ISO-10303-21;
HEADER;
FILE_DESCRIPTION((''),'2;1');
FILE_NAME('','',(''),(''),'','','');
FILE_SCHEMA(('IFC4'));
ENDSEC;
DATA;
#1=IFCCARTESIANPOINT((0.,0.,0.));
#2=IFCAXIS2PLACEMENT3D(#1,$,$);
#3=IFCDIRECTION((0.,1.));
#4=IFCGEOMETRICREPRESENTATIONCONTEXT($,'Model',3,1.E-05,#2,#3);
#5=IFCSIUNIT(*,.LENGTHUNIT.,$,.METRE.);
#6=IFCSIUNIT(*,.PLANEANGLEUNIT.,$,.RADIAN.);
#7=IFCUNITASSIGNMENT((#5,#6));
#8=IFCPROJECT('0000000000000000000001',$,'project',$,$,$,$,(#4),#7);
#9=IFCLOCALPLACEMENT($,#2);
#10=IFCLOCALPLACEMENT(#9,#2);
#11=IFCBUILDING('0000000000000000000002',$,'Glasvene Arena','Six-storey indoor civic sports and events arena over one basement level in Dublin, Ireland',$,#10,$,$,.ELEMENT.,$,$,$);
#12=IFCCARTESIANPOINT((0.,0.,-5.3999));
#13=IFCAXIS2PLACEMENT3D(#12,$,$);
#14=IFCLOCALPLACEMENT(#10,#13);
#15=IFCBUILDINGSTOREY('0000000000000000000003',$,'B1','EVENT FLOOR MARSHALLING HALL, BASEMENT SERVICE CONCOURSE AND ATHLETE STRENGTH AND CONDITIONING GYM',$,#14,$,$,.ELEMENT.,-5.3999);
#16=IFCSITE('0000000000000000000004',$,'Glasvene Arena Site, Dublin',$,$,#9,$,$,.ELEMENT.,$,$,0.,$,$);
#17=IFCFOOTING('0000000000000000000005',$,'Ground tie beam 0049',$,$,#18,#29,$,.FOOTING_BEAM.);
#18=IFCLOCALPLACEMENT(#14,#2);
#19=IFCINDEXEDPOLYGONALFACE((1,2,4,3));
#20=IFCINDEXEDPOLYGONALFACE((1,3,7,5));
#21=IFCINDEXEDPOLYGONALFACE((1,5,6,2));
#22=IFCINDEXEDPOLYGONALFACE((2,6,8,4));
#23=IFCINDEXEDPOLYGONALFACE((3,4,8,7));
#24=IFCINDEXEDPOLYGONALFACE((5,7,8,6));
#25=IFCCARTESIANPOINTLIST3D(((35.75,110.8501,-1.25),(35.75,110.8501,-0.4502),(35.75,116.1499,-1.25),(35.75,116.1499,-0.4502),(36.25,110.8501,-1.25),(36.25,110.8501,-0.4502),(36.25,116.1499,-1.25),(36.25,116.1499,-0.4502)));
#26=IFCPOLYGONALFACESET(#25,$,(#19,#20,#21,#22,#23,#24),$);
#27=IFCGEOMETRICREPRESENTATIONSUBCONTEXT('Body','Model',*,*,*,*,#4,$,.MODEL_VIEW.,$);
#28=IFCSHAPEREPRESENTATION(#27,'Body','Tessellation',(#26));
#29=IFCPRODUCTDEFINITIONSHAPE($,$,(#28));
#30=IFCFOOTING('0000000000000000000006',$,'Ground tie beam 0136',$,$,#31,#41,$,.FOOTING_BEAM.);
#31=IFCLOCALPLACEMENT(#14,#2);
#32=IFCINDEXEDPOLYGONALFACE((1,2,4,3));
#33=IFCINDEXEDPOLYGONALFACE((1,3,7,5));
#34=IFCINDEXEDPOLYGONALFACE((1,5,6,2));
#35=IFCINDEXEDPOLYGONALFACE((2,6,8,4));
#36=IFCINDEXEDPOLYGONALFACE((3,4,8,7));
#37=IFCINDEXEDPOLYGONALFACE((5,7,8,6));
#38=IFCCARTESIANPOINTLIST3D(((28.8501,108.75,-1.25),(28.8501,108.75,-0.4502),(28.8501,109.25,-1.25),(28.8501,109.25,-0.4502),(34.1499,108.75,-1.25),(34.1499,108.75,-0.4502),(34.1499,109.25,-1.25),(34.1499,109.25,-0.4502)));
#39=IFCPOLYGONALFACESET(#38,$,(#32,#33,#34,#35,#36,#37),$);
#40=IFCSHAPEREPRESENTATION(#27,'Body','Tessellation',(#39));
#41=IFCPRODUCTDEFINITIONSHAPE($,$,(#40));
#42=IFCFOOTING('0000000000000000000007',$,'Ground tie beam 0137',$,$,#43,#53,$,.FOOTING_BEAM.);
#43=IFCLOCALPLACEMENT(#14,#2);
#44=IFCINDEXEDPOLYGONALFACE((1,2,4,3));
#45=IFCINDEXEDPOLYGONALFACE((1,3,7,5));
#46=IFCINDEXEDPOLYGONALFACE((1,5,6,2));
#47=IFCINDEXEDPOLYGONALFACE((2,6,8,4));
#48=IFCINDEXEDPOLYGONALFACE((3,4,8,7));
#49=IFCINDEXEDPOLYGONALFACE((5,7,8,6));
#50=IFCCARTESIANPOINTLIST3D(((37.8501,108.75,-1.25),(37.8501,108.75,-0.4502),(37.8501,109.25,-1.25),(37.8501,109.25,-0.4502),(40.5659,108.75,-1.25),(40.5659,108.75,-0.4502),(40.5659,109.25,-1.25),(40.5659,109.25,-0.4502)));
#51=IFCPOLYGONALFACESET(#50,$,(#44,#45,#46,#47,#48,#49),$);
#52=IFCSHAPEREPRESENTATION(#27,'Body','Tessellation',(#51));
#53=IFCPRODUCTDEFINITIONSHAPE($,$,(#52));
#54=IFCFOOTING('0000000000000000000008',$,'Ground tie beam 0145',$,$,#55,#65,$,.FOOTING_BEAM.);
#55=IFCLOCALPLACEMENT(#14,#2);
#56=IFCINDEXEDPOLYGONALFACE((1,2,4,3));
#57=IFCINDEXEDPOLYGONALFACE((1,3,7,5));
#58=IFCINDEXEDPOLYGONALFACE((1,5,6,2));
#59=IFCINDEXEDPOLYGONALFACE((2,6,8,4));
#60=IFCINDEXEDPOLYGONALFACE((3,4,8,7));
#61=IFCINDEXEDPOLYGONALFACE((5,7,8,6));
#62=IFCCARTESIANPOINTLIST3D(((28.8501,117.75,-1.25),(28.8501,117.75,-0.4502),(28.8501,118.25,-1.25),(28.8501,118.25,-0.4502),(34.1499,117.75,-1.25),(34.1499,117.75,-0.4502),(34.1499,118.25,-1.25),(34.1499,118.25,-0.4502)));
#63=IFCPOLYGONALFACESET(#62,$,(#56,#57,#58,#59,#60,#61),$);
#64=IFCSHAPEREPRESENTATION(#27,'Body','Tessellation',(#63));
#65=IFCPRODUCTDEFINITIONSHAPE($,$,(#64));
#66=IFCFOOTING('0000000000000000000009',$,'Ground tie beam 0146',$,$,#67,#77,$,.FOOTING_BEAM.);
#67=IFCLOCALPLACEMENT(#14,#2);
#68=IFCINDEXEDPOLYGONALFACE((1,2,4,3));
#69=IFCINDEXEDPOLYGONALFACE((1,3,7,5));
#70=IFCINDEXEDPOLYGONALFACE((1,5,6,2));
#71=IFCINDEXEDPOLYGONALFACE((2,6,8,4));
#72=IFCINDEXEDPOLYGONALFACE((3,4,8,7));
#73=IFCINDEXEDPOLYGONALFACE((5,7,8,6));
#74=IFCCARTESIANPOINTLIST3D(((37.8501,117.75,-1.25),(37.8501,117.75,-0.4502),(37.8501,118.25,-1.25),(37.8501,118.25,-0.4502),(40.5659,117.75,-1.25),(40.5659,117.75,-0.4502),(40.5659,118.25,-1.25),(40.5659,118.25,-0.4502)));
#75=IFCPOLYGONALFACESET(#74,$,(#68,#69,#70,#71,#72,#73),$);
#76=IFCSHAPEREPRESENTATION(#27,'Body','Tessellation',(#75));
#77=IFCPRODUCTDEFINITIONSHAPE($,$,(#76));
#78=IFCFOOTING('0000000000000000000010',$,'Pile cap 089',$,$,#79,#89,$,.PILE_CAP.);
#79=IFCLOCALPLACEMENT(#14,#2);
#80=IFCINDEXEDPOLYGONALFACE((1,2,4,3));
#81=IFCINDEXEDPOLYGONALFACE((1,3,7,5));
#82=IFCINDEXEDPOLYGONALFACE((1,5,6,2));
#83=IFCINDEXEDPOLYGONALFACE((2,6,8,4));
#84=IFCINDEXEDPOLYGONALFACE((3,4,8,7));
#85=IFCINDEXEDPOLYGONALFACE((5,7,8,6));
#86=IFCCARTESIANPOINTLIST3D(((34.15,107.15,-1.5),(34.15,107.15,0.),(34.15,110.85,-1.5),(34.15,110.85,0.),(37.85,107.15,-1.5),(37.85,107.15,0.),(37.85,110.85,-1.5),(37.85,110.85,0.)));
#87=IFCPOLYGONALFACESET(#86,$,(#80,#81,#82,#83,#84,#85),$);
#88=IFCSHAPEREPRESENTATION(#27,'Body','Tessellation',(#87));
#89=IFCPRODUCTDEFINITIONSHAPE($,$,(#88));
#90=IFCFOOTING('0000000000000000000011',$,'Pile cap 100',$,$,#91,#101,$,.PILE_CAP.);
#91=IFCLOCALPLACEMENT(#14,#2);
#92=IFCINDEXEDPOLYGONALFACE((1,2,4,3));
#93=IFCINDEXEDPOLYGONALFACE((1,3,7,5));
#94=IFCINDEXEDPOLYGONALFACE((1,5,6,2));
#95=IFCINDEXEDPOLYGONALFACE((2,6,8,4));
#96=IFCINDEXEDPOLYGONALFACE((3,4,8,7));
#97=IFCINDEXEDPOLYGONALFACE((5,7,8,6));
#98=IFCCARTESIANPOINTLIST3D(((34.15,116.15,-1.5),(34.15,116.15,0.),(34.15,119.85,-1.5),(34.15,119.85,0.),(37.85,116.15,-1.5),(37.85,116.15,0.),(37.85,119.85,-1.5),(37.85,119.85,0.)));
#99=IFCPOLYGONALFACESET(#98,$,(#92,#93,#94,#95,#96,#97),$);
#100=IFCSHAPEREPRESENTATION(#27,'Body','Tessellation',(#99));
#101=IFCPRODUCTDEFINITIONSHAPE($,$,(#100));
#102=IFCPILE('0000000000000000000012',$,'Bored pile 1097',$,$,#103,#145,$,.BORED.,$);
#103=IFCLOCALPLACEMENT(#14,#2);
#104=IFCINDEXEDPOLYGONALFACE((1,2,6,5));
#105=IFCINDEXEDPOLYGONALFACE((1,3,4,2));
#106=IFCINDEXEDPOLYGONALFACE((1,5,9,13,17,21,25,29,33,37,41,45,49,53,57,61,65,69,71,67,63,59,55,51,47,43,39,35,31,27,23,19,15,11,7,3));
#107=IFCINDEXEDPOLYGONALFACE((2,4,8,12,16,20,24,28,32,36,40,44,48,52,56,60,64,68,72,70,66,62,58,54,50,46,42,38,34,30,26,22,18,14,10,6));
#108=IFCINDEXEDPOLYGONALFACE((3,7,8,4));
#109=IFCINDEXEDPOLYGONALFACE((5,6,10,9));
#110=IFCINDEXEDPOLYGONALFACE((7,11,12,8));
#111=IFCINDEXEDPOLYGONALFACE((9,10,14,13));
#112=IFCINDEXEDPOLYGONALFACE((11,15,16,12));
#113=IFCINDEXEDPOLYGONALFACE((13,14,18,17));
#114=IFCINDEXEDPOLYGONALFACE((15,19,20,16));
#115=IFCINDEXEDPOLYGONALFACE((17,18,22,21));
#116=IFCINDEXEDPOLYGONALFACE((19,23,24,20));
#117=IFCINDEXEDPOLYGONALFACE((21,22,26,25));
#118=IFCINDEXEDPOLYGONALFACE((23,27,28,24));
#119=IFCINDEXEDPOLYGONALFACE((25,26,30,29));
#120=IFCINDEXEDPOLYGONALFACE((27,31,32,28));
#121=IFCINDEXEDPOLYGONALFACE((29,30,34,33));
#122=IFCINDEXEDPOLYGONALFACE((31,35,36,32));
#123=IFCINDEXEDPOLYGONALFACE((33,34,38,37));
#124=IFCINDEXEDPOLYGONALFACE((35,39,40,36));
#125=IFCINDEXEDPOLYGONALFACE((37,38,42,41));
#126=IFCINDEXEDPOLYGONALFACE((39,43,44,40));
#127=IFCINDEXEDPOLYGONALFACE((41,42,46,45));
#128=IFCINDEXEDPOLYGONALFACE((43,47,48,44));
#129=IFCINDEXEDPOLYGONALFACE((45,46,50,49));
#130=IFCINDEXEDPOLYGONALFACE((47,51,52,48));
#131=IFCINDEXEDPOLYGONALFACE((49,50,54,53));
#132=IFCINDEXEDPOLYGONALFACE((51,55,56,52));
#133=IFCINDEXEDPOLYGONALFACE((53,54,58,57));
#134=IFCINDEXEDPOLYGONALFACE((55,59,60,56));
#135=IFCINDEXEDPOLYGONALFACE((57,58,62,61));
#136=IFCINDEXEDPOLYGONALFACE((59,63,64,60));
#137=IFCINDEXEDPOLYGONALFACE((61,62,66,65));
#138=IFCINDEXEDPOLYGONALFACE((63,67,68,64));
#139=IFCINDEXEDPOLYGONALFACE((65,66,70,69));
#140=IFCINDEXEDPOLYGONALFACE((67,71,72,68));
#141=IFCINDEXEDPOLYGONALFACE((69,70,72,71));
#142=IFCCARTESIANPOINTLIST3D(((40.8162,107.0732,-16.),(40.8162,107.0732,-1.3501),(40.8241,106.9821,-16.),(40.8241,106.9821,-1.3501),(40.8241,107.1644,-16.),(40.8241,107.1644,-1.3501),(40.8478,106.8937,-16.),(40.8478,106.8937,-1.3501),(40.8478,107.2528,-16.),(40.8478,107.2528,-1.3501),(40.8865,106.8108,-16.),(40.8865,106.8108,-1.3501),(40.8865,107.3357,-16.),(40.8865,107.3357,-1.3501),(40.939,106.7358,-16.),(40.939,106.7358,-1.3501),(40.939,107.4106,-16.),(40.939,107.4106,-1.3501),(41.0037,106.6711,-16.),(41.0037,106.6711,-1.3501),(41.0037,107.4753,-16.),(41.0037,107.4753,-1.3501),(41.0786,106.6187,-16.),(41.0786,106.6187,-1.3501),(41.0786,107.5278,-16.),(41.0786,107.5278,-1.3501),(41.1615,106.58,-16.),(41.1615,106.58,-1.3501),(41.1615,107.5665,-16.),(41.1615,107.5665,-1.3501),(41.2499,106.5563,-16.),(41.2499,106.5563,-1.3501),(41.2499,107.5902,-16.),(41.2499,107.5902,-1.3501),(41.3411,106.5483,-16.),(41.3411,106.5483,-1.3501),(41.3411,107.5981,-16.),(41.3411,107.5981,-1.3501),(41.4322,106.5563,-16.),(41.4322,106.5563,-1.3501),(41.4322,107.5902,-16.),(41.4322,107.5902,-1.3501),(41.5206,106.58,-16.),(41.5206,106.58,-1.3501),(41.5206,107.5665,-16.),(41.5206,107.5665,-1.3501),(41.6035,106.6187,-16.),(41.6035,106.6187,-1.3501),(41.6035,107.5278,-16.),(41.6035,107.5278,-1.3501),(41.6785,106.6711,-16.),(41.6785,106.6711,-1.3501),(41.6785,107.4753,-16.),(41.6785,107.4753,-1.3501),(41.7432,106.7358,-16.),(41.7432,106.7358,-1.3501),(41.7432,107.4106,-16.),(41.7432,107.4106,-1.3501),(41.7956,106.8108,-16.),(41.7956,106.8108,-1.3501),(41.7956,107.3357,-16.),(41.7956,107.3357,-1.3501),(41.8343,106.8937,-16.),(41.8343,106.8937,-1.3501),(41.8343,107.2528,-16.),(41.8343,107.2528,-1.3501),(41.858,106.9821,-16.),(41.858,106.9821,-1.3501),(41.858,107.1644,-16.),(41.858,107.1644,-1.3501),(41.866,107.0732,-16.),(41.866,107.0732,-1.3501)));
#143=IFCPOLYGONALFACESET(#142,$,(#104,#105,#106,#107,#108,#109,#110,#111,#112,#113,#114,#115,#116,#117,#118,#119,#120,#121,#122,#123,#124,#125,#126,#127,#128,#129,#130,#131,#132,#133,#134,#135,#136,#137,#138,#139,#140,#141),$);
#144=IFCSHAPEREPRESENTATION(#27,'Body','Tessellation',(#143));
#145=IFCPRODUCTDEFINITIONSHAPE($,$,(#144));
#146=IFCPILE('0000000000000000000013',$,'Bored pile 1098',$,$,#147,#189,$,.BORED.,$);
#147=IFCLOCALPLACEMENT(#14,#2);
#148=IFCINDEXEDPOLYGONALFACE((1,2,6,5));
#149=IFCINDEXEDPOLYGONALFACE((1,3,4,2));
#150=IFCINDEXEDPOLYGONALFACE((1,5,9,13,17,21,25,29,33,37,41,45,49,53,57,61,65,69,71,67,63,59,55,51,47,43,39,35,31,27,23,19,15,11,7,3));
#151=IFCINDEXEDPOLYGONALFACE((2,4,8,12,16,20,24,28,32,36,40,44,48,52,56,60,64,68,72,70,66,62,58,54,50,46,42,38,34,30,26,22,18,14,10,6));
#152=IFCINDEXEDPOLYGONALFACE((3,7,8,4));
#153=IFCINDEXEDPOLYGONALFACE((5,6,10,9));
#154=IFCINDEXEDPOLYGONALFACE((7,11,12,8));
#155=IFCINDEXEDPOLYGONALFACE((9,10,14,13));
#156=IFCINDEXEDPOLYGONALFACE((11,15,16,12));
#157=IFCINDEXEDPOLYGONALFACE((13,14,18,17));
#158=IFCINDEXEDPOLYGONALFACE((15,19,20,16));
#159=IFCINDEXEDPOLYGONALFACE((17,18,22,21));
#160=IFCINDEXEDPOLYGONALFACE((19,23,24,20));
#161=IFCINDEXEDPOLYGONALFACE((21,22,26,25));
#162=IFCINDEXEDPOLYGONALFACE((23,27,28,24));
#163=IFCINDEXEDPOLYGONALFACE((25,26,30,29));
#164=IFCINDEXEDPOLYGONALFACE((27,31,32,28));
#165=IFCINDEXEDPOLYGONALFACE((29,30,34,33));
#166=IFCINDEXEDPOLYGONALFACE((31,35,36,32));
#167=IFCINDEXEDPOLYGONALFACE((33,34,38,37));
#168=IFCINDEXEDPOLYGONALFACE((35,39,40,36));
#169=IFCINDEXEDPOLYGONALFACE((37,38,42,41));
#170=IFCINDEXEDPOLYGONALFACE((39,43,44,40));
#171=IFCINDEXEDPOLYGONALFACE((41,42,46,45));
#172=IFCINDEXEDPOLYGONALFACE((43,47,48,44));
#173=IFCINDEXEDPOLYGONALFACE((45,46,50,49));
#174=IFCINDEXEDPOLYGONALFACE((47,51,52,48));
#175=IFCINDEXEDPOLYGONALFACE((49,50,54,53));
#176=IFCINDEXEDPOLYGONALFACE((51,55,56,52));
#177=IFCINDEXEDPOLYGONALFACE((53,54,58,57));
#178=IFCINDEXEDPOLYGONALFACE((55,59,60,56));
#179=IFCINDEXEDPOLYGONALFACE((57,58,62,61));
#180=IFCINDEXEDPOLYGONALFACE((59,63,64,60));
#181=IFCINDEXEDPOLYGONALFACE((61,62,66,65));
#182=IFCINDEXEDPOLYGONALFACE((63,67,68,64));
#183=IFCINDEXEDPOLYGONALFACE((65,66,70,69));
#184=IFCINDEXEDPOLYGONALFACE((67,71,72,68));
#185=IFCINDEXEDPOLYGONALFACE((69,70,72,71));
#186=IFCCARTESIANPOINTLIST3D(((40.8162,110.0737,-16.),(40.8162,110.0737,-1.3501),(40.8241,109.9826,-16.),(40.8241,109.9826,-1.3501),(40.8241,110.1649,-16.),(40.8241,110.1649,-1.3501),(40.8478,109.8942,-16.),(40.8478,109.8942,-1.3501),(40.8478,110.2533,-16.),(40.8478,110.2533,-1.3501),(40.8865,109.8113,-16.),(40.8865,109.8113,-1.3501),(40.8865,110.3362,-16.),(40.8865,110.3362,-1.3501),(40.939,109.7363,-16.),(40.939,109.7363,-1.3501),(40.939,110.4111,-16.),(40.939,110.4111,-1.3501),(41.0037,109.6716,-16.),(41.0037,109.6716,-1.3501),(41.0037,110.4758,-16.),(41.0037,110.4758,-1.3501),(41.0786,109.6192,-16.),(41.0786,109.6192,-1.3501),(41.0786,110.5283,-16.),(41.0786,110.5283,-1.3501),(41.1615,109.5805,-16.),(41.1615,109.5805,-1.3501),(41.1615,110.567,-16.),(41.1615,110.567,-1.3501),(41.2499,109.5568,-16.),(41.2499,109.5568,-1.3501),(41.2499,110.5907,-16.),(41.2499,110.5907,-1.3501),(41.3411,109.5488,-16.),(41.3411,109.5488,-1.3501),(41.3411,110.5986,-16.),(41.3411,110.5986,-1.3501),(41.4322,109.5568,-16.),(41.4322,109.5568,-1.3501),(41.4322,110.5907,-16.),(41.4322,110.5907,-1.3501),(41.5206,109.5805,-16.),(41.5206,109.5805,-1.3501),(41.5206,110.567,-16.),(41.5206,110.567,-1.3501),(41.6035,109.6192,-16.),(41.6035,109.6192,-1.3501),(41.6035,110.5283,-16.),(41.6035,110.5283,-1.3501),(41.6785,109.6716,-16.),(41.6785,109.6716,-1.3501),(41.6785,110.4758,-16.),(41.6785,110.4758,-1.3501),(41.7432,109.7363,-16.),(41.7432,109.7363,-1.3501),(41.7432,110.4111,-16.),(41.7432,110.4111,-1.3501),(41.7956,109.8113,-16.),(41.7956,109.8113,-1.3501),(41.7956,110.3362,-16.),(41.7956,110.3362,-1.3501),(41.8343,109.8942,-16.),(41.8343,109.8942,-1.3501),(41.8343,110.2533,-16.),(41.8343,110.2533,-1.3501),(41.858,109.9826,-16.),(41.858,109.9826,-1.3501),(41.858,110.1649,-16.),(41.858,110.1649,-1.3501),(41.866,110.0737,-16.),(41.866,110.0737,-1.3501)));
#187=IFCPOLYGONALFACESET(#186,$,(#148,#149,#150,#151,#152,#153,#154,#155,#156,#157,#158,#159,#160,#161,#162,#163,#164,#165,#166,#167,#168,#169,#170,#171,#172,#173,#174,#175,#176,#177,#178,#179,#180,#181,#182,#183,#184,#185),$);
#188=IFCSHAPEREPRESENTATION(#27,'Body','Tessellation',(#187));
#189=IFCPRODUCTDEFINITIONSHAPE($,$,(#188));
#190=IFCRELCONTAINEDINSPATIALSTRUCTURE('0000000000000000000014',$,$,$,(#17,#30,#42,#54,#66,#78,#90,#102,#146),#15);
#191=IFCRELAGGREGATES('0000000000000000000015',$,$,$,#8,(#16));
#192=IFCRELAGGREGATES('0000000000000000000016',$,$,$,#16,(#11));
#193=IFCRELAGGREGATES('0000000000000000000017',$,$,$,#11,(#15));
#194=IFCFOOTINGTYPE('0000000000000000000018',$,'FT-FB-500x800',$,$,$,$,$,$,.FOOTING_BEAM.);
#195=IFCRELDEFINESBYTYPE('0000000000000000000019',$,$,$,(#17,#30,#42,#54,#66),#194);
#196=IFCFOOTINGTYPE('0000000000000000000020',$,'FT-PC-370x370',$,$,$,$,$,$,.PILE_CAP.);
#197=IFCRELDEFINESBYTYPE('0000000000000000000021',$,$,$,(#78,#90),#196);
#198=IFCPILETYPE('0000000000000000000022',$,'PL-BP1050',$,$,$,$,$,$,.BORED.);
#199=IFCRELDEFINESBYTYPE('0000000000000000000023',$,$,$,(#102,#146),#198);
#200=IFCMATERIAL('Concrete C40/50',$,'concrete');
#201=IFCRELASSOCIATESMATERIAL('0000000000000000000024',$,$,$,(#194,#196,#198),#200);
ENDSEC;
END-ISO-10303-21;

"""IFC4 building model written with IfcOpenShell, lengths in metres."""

from ifc_helpers import new_model, si_unit, direction, frame, origin, origin_2d, place, context, subcontext, project, spatial, polyline, rectangle, circle, outline, extrude, material, material_profile, profile_set, type_object, element, save


model = new_model("IFC4")

# Units and contexts
model_context = context("Model", 3, precision=1e-05, world=origin(), true_north=direction((0.0, 1.0)))
body_context = subcontext(model_context, "Body", "Model", "MODEL_VIEW")
ifc_project = project(units=[si_unit("LENGTHUNIT", "METRE"), si_unit("PLANEANGLEUNIT", "RADIAN")], contexts=[model_context])

# Site, building, storey
site_placement = place(None, origin())
site = spatial("IfcSite", under=ifc_project, at=site_placement, Name="Glasvene Arena Site, Dublin", CompositionType="ELEMENT", RefElevation=0.0)
building_placement = place(site_placement, origin())
building = spatial("IfcBuilding", under=site, at=building_placement, Name="Glasvene Arena", Description="Six-storey indoor civic sports and events arena over one basement level in Dublin, Ireland", CompositionType="ELEMENT")
storey_placement = place(building_placement, frame((0.0, 0.0, -5.3999)))
storey = spatial("IfcBuildingStorey", under=building, at=storey_placement, Name="B1", Description="EVENT FLOOR MARSHALLING HALL, BASEMENT SERVICE CONCOURSE AND ATHLETE STRENGTH AND CONDITIONING GYM", CompositionType="ELEMENT", Elevation=-5.3999)

# Footings
ifc_material_1 = material(Name="Concrete C40/50", Category="concrete")
footing_type_1 = type_object("IfcFootingType", Name="FT-FB-500x800", PredefinedType="FOOTING_BEAM", material=ifc_material_1)
footing_1_placement = place(storey_placement, frame((36.0, 113.5, -1.25)))
element("IfcFooting", 1, at=footing_1_placement, inside=storey, type_object=footing_type_1, Name="Ground tie beam 0049", PredefinedType="FOOTING_BEAM", context=body_context, shape_type="SweptSolid", body=[
    extrude(outline(polyline([(-0.25, -2.6499), (0.25, -2.6499), (0.25, 2.6499), (-0.25, 2.6499), (-0.25, -2.6499)])), origin(), (0.0, 0.0, 1.0), 0.7998),
])
footing_2_placement = place(storey_placement, frame((31.5, 109.0, -1.25)))
element("IfcFooting", 2, at=footing_2_placement, inside=storey, type_object=footing_type_1, Name="Ground tie beam 0136", PredefinedType="FOOTING_BEAM", context=body_context, shape_type="SweptSolid", body=[
    extrude(outline(polyline([(-2.6499, -0.25), (2.6499, -0.25), (2.6499, 0.25), (-2.6499, 0.25), (-2.6499, -0.25)])), origin(), (0.0, 0.0, 1.0), 0.7998),
])
footing_3_placement = place(storey_placement, frame((39.208, 109.0, -1.25)))
element("IfcFooting", 3, at=footing_3_placement, inside=storey, type_object=footing_type_1, Name="Ground tie beam 0137", PredefinedType="FOOTING_BEAM", context=body_context, shape_type="SweptSolid", body=[
    extrude(outline(polyline([(-1.3579, -0.25), (1.3579, -0.25), (1.3579, 0.25), (-1.3579, 0.25), (-1.3579, -0.25)])), origin(), (0.0, 0.0, 1.0), 0.7998),
])
footing_4_placement = place(storey_placement, frame((31.5, 118.0, -1.25)))
element("IfcFooting", 4, at=footing_4_placement, inside=storey, type_object=footing_type_1, Name="Ground tie beam 0145", PredefinedType="FOOTING_BEAM", context=body_context, shape_type="SweptSolid", body=[
    extrude(outline(polyline([(-2.6499, -0.25), (2.6499, -0.25), (2.6499, 0.25), (-2.6499, 0.25), (-2.6499, -0.25)])), origin(), (0.0, 0.0, 1.0), 0.7998),
])
footing_5_placement = place(storey_placement, frame((39.208, 118.0, -1.25)))
element("IfcFooting", 5, at=footing_5_placement, inside=storey, type_object=footing_type_1, Name="Ground tie beam 0146", PredefinedType="FOOTING_BEAM", context=body_context, shape_type="SweptSolid", body=[
    extrude(outline(polyline([(-1.3579, -0.25), (1.3579, -0.25), (1.3579, 0.25), (-1.3579, 0.25), (-1.3579, -0.25)])), origin(), (0.0, 0.0, 1.0), 0.7998),
])
footing_type_2 = type_object("IfcFootingType", Name="FT-PC-370x370", PredefinedType="PILE_CAP", material=ifc_material_1)
for number, where, z_axis, x_axis, name in (
    (6, (36.0, 109.0, -1.5), (0.0, 0.0, 1.0), (1.0, 0.0, 0.0), "Pile cap 089"),
    (7, (36.0, 118.0, -1.5), (0.0, 0.0, 1.0), (1.0, 0.0, 0.0), "Pile cap 100"),
):
    element("IfcFooting", number, at=place(storey_placement, frame(where, z_axis=z_axis, x_axis=x_axis)), inside=storey, type_object=footing_type_2, Name=name, PredefinedType="PILE_CAP", context=body_context, shape_type="SweptSolid", body=[
        extrude(rectangle(XDim=3.7, YDim=3.7, at=origin_2d()), origin(), (0.0, 0.0, 1.0), 1.5),
    ])

# Piles
ifc_material_profile_1 = material_profile(ifc_material_1, circle(Radius=0.5249, at=origin_2d()), Name="BORED PILE 1050")
ifc_profile_set_1 = profile_set([ifc_material_profile_1], Name="Concrete C40/50")
pile_type_1 = type_object("IfcPileType", Name="PL-BP1050", PredefinedType="BORED", material=ifc_profile_set_1)
for number, where, z_axis, x_axis, name in (
    (8, (41.3411, 107.0732, -1.3501), (0.0, 0.0, -1.0), (1.0, 0.0, 0.0), "Bored pile 1097"),
    (9, (41.3411, 110.0737, -1.3501), (0.0, 0.0, -1.0), (1.0, 0.0, 0.0), "Bored pile 1098"),
):
    element("IfcPile", number, at=place(storey_placement, frame(where, z_axis=z_axis, x_axis=x_axis)), inside=storey, type_object=pile_type_1, Name=name, PredefinedType="BORED", context=body_context, shape_type="SweptSolid", body=[
        extrude(circle(Radius=0.5249, at=origin_2d()), origin(), (0.0, 0.0, 1.0), 14.6499),
    ])

save(model, "model.ifc")
